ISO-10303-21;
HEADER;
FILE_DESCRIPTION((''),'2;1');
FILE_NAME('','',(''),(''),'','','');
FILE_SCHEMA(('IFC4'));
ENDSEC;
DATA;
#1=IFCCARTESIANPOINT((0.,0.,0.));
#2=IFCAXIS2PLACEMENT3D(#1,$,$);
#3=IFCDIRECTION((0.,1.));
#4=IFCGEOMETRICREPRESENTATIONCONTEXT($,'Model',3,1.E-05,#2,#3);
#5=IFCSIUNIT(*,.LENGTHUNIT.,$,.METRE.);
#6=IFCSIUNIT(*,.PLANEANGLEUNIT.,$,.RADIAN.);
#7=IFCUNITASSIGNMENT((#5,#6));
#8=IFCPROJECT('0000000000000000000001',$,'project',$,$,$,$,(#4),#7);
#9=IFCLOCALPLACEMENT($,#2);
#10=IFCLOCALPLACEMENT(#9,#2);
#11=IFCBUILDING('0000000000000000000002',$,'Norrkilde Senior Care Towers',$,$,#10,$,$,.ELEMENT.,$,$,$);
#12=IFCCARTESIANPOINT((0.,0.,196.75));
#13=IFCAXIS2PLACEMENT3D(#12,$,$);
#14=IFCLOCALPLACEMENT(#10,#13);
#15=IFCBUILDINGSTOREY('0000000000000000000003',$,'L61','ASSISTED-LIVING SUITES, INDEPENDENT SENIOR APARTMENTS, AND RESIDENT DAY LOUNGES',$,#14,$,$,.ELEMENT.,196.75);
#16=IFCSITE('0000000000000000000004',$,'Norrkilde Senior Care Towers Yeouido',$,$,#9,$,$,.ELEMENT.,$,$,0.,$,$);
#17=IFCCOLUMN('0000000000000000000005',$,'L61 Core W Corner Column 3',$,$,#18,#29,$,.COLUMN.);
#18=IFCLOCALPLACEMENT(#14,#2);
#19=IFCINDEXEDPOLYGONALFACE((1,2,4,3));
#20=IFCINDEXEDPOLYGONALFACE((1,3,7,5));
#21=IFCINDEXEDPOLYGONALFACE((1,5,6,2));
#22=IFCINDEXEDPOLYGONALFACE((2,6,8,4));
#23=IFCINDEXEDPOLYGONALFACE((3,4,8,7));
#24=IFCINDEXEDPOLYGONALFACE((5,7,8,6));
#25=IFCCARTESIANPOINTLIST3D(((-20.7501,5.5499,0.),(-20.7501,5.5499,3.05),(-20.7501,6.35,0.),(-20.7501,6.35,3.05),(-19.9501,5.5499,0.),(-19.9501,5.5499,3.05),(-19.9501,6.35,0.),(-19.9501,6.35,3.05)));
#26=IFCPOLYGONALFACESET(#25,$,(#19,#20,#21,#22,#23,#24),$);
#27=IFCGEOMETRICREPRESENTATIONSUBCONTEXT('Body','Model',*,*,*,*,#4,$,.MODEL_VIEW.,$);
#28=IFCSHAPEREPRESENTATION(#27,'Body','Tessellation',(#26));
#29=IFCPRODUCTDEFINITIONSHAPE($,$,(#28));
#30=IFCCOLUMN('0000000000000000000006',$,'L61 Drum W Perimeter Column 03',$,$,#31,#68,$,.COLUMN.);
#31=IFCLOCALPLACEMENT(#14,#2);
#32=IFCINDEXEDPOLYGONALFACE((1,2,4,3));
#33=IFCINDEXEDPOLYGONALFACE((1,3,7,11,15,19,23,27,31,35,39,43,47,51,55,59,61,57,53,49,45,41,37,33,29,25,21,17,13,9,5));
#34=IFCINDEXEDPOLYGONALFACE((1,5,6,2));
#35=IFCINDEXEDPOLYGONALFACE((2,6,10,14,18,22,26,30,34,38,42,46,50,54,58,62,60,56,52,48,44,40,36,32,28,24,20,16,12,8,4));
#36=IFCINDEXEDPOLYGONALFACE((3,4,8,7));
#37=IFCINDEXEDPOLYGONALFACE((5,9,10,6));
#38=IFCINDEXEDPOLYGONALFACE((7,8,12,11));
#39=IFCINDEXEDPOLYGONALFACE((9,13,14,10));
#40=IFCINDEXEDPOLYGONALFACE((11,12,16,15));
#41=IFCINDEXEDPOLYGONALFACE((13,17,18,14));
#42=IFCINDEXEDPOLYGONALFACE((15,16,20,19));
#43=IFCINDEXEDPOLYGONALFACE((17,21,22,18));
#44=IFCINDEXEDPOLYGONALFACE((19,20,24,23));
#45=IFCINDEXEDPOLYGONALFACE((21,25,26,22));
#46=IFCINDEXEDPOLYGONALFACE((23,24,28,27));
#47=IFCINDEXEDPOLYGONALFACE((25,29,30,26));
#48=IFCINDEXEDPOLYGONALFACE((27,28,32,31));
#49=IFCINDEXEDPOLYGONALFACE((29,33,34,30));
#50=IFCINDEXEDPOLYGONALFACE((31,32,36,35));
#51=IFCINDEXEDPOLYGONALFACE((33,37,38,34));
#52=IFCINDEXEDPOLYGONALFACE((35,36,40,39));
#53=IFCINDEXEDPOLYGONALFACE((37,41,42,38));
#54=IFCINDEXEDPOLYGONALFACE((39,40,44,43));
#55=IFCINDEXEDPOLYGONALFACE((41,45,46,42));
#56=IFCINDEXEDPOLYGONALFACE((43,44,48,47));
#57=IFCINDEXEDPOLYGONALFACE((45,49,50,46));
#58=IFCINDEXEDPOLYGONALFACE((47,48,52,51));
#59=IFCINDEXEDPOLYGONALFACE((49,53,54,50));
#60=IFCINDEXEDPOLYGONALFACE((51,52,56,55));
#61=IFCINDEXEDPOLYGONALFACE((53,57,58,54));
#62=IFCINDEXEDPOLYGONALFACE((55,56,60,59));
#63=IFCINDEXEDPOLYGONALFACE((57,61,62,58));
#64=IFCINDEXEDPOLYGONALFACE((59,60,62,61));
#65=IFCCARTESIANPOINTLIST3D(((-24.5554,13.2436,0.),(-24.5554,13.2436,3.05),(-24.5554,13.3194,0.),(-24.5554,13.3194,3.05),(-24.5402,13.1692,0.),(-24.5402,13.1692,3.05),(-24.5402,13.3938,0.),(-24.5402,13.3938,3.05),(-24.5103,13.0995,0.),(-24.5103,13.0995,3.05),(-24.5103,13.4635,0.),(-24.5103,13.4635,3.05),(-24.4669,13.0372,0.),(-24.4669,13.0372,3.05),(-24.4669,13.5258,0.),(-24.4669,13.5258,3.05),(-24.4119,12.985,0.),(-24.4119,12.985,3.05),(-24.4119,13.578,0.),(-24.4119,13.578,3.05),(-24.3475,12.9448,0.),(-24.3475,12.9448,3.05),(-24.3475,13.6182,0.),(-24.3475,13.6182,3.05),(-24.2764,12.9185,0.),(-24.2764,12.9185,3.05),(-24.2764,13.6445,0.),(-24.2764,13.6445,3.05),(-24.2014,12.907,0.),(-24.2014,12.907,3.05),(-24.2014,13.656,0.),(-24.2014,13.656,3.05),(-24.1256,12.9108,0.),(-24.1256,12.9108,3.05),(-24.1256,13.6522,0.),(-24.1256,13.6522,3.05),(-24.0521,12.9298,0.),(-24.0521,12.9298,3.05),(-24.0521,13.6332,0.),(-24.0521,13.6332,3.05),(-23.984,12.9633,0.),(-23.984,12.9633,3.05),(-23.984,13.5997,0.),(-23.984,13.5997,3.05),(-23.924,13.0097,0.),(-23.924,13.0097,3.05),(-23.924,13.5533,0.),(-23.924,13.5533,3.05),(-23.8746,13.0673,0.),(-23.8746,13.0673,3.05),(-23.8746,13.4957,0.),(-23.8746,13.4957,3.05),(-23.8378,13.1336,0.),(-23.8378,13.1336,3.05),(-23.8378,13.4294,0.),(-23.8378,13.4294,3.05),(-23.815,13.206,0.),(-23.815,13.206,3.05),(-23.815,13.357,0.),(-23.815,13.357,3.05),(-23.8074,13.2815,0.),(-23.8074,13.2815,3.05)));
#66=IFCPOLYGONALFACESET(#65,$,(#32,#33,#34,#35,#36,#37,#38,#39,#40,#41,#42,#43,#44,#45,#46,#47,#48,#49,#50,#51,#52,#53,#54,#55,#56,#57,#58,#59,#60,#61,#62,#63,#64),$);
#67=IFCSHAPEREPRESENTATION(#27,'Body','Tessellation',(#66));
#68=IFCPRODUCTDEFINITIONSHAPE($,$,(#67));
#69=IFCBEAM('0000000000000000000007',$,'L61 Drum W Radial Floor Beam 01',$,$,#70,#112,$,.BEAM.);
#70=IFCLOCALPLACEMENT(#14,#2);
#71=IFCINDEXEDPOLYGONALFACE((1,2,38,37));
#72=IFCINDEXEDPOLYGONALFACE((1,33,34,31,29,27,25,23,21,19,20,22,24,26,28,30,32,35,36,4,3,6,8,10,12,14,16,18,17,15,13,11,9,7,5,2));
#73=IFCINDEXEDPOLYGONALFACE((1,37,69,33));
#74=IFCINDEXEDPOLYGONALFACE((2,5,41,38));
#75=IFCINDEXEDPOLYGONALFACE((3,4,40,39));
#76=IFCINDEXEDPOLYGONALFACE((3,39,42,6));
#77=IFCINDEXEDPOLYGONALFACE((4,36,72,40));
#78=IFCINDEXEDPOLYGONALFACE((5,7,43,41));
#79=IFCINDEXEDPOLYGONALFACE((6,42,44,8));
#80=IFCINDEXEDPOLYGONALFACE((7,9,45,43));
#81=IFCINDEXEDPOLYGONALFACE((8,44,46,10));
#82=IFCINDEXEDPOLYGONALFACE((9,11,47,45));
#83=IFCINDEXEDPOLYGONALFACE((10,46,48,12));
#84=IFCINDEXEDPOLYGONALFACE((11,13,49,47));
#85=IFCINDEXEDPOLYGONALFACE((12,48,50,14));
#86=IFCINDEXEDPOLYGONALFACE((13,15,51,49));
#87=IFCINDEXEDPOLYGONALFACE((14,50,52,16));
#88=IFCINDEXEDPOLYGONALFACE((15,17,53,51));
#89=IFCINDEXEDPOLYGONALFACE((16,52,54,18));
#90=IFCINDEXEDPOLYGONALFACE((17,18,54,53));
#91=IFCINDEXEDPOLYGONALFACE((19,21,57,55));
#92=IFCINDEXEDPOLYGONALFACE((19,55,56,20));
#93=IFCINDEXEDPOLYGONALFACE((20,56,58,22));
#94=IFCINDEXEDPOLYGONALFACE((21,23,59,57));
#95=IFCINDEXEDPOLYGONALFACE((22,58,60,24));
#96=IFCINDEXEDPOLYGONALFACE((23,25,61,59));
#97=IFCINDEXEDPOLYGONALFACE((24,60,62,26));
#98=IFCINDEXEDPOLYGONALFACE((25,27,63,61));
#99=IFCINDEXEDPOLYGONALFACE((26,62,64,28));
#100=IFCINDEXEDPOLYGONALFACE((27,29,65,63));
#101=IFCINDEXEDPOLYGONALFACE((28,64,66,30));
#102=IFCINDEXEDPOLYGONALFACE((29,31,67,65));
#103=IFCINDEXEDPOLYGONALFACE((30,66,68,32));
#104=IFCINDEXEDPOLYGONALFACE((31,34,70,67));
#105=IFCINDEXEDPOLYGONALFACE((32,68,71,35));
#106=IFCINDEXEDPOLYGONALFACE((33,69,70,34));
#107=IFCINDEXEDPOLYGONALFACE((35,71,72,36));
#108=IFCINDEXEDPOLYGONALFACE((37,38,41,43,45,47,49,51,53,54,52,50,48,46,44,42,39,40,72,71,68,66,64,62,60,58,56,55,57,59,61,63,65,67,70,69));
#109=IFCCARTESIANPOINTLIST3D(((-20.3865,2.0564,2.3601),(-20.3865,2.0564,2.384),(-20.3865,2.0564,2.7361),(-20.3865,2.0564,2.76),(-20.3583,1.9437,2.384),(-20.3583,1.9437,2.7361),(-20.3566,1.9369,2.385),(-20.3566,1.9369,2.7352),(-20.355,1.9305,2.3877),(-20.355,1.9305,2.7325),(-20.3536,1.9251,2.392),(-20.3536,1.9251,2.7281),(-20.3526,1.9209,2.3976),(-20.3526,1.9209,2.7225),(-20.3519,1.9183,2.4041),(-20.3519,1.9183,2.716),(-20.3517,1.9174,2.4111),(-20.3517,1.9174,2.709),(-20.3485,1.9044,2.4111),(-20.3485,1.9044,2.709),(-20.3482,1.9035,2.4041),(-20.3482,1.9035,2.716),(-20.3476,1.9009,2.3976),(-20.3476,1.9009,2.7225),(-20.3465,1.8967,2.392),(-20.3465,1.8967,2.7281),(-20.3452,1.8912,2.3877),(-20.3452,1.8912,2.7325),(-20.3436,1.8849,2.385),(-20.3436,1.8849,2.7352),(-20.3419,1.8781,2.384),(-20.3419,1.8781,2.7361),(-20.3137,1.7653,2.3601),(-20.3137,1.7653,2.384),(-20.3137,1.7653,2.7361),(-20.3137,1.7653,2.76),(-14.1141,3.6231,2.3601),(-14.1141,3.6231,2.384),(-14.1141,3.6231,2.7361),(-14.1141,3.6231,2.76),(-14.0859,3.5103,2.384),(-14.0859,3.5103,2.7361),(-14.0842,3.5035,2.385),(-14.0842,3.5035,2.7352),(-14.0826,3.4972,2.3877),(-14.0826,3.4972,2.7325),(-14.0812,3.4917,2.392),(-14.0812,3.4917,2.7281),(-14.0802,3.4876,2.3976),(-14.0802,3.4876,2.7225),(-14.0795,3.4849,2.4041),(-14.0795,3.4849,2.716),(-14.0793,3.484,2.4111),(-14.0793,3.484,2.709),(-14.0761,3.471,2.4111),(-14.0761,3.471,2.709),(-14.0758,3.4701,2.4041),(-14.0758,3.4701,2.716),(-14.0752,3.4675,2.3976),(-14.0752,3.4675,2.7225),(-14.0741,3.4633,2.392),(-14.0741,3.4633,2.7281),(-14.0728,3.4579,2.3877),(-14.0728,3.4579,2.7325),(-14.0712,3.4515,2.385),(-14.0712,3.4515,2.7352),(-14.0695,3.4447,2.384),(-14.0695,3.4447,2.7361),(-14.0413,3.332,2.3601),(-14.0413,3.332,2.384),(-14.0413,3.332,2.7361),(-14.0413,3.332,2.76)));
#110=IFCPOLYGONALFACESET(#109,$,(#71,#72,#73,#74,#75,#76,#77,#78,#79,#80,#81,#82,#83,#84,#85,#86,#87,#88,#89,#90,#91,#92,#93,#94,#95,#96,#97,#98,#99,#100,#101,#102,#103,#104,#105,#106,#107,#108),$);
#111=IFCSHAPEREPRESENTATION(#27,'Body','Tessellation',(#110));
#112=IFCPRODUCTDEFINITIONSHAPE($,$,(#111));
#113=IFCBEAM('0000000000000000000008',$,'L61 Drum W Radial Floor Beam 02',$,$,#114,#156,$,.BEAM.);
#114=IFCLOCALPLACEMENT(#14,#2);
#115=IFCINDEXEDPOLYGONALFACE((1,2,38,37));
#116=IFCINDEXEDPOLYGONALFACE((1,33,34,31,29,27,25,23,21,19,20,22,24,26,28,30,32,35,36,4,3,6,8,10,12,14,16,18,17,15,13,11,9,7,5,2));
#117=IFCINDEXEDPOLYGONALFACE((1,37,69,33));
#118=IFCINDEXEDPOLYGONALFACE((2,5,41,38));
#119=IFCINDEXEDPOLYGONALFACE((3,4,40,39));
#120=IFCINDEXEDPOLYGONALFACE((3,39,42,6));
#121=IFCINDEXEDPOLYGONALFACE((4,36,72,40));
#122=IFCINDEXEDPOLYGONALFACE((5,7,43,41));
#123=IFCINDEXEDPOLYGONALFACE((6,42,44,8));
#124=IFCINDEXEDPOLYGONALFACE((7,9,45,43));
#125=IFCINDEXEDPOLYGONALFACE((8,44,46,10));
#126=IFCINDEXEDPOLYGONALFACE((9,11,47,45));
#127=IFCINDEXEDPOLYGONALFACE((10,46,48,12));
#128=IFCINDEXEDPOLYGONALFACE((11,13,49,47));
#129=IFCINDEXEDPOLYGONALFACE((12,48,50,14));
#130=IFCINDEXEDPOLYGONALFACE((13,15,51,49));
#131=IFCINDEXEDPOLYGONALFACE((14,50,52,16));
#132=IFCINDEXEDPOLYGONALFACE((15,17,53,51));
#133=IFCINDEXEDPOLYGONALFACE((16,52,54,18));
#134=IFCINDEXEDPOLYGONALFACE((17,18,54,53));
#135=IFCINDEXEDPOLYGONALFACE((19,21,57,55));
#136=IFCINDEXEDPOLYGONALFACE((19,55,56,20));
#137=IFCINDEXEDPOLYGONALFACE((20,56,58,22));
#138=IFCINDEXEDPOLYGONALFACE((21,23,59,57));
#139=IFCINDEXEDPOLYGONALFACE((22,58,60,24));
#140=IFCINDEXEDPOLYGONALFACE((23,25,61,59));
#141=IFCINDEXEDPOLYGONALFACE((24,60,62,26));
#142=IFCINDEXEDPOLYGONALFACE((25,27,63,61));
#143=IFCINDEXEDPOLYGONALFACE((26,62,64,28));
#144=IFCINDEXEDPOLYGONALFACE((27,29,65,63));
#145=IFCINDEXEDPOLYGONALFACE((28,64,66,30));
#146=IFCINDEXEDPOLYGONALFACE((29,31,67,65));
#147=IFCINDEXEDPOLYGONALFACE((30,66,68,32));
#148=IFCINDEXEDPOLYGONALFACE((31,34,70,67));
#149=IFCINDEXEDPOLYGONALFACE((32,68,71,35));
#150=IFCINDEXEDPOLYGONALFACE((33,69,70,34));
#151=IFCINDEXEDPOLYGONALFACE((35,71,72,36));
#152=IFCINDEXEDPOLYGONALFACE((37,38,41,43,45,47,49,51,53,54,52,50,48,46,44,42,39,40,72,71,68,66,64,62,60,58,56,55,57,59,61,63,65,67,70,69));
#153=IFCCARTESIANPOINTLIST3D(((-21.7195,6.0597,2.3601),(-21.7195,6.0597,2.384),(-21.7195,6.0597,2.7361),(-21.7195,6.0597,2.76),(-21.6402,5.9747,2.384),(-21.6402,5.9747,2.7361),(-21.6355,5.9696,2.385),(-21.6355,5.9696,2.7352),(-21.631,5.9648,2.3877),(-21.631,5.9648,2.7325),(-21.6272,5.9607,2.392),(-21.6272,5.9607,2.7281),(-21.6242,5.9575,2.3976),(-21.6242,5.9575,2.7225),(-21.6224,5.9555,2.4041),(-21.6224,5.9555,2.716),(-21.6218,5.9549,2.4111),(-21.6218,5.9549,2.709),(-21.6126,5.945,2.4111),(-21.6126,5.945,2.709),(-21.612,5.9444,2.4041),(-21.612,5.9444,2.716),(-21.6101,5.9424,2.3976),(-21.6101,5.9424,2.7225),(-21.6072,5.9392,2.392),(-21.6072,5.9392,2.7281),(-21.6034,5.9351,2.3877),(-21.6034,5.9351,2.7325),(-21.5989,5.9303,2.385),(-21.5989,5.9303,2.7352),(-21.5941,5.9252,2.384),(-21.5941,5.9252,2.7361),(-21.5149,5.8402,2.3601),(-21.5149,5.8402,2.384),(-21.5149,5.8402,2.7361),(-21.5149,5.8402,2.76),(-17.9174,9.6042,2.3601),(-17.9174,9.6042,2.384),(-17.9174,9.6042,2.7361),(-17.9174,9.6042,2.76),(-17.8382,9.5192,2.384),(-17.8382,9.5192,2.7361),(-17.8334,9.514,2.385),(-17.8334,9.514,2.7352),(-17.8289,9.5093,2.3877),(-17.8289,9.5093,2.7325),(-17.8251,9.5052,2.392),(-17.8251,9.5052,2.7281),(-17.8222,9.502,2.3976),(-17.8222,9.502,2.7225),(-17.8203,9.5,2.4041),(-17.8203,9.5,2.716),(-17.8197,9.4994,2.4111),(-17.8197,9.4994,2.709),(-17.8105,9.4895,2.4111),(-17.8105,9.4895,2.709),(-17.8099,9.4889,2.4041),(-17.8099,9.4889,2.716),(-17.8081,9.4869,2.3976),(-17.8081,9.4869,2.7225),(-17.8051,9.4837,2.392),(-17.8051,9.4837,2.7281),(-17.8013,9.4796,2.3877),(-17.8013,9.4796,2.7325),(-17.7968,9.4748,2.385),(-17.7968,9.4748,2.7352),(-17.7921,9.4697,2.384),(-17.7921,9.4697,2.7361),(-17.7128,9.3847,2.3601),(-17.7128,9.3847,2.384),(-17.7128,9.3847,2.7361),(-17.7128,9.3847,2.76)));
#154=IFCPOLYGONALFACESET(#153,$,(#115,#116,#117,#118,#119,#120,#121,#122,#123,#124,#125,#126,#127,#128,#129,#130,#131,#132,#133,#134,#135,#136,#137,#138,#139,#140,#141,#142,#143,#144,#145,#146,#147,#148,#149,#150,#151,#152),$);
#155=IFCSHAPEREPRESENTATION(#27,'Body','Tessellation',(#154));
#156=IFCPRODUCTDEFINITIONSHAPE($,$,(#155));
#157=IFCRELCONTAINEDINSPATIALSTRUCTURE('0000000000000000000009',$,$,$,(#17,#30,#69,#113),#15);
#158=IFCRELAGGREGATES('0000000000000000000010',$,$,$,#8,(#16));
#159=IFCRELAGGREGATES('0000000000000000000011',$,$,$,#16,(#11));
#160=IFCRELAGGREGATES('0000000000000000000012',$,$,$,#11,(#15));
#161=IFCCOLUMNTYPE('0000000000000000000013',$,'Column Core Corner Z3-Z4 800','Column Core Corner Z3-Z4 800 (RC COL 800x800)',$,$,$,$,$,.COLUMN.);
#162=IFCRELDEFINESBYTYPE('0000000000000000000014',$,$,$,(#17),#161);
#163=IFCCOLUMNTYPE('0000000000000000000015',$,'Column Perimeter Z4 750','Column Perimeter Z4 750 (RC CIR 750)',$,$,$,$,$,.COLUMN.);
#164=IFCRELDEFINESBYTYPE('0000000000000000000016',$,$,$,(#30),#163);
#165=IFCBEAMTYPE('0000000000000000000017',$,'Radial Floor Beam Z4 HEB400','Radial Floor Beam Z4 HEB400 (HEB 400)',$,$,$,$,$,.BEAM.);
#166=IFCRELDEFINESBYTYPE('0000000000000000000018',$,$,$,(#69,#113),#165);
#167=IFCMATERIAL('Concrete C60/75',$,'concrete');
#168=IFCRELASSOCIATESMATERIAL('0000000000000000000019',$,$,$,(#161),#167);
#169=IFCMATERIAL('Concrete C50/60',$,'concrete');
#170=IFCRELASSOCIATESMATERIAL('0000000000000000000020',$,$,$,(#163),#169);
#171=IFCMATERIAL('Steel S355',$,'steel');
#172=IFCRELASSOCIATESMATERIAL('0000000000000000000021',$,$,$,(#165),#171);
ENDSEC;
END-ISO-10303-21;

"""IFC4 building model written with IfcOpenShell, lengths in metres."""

from ifc_helpers import new_model, si_unit, direction, frame, origin, origin_2d, place, context, subcontext, project, spatial, rectangle, circle, i_section, extrude, source, transform, mapped, material, material_profile, profile_set, type_object, type_shapes, element, save


model = new_model("IFC4")

# Units and contexts
model_context = context("Model", 3, precision=1e-05, world=origin(), true_north=direction((0.0, 1.0)))
body_context = subcontext(model_context, "Body", "Model", "MODEL_VIEW")
ifc_project = project(units=[si_unit("LENGTHUNIT", "METRE"), si_unit("PLANEANGLEUNIT", "RADIAN")], contexts=[model_context])

# Site, building, storey
site_placement = place(None, origin())
site = spatial("IfcSite", under=ifc_project, at=site_placement, Name="Norrkilde Senior Care Towers Yeouido", CompositionType="ELEMENT", RefElevation=0.0)
building_placement = place(site_placement, origin())
building = spatial("IfcBuilding", under=site, at=building_placement, Name="Norrkilde Senior Care Towers", CompositionType="ELEMENT")
storey_placement = place(building_placement, frame((0.0, 0.0, 196.75)))
storey = spatial("IfcBuildingStorey", under=building, at=storey_placement, Name="L61", Description="ASSISTED-LIVING SUITES, INDEPENDENT SENIOR APARTMENTS, AND RESIDENT DAY LOUNGES", CompositionType="ELEMENT", Elevation=196.75)

# Columns
ifc_material_1 = material(Name="Concrete C60/75", Category="concrete")
ifc_material_profile_1 = material_profile(ifc_material_1, rectangle(XDim=0.8, YDim=0.8, at=origin_2d()), Name="RC COL 800x800")
ifc_profile_set_1 = profile_set([ifc_material_profile_1], Name="Concrete C60/75")
column_type_1 = type_object("IfcColumnType", Name="Column Core Corner Z3-Z4 800", Description="Column Core Corner Z3-Z4 800 (RC COL 800x800)", PredefinedType="COLUMN", material=ifc_profile_set_1)
shared_shape_1 = source(origin(), body_context, "Body", "SweptSolid", [
    extrude(rectangle(XDim=0.8, YDim=0.8, at=origin_2d()), origin(), (0.0, 0.0, 1.0), 3.05),
])
type_shapes(column_type_1, [shared_shape_1])
column_1_placement = place(storey_placement, frame((-20.3501, 5.95, 0.0), z_axis=(0.0, 0.0, 1.0), x_axis=(1.0, 0.0, 0.0)))
element("IfcColumn", 1, at=column_1_placement, inside=storey, type_object=column_type_1, Name="L61 Core W Corner Column 3", PredefinedType="COLUMN", context=body_context, shape_type="MappedRepresentation", body=[
    mapped(shared_shape_1, transform((0.0, 0.0, 0.0), x_axis=(1.0, 0.0, 0.0), y_axis=(0.0, 1.0, 0.0), z_axis=(0.0, 0.0, 1.0), scale=1.0)),
])
ifc_material_2 = material(Name="Concrete C50/60", Category="concrete")
ifc_material_profile_2 = material_profile(ifc_material_2, circle(Radius=0.375, at=origin_2d()), Name="RC CIR 750")
ifc_profile_set_2 = profile_set([ifc_material_profile_2], Name="Concrete C50/60")
column_type_2 = type_object("IfcColumnType", Name="Column Perimeter Z4 750", Description="Column Perimeter Z4 750 (RC CIR 750)", PredefinedType="COLUMN", material=ifc_profile_set_2)
shared_shape_2 = source(origin(), body_context, "Body", "SweptSolid", [
    extrude(circle(Radius=0.375, at=origin_2d()), origin(), (0.0, 0.0, 1.0), 3.05),
])
type_shapes(column_type_2, [shared_shape_2])
column_2_placement = place(storey_placement, frame((-24.1824, 13.2815, 0.0), z_axis=(0.0, 0.0, 1.0), x_axis=(1.0, 0.0, 0.0)))
element("IfcColumn", 2, at=column_2_placement, inside=storey, type_object=column_type_2, Name="L61 Drum W Perimeter Column 03", PredefinedType="COLUMN", context=body_context, shape_type="MappedRepresentation", body=[
    mapped(shared_shape_2, transform((0.0, 0.0, 0.0), x_axis=(1.0, 0.0, 0.0), y_axis=(0.0, 1.0, 0.0), z_axis=(0.0, 0.0, 1.0), scale=1.0)),
])

# Beams
ifc_material_3 = material(Name="Steel S355", Category="steel")
ifc_material_profile_3 = material_profile(ifc_material_3, i_section(OverallWidth=0.3, OverallDepth=0.3999, WebThickness=0.0134, FlangeThickness=0.0239, FilletRadius=0.0271, at=origin_2d()), Name="HEB 400")
ifc_profile_set_3 = profile_set([ifc_material_profile_3], Name="Steel S355")
beam_type_1 = type_object("IfcBeamType", Name="Radial Floor Beam Z4 HEB400", Description="Radial Floor Beam Z4 HEB400 (HEB 400)", PredefinedType="BEAM", material=ifc_profile_set_3)
shared_shape_3 = source(origin(), body_context, "Body", "SweptSolid", [
    extrude(i_section(OverallWidth=0.3, OverallDepth=0.3999, WebThickness=0.0134, FlangeThickness=0.0239, FilletRadius=0.0271, at=origin_2d()), origin(), (0.0, 0.0, 1.0), 6.4651),
])
beam_1_placement = place(storey_placement, frame((-20.3501, 1.9109, 2.5601), z_axis=(0.970196, 0.242322, 0.0), x_axis=(-0.242322, 0.970196, 0.0)))
element("IfcBeam", 3, at=beam_1_placement, inside=storey, type_object=beam_type_1, Name="L61 Drum W Radial Floor Beam 01", PredefinedType="BEAM", context=body_context, shape_type="MappedRepresentation", body=[
    mapped(shared_shape_3, transform((0.0, 0.0, 0.0), x_axis=(1.0, 0.0, 0.0), y_axis=(0.0, 1.0, 0.0), z_axis=(0.0, 0.0, 1.0), scale=1.0)),
])
shared_shape_4 = source(origin(), body_context, "Body", "SweptSolid", [
    extrude(i_section(OverallWidth=0.3, OverallDepth=0.3999, WebThickness=0.0134, FlangeThickness=0.0239, FilletRadius=0.0271, at=origin_2d()), origin(), (0.0, 0.0, 1.0), 5.198),
])
beam_2_placement = place(storey_placement, frame((-21.6172, 5.95, 2.5601), z_axis=(0.731449, 0.681896, 0.0), x_axis=(-0.681896, 0.731449, 0.0)))
element("IfcBeam", 4, at=beam_2_placement, inside=storey, type_object=beam_type_1, Name="L61 Drum W Radial Floor Beam 02", PredefinedType="BEAM", context=body_context, shape_type="MappedRepresentation", body=[
    mapped(shared_shape_4, transform((0.0, 0.0, 0.0), x_axis=(1.0, 0.0, 0.0), y_axis=(0.0, 1.0, 0.0), z_axis=(0.0, 0.0, 1.0), scale=1.0)),
])

save(model, "model.ifc")
